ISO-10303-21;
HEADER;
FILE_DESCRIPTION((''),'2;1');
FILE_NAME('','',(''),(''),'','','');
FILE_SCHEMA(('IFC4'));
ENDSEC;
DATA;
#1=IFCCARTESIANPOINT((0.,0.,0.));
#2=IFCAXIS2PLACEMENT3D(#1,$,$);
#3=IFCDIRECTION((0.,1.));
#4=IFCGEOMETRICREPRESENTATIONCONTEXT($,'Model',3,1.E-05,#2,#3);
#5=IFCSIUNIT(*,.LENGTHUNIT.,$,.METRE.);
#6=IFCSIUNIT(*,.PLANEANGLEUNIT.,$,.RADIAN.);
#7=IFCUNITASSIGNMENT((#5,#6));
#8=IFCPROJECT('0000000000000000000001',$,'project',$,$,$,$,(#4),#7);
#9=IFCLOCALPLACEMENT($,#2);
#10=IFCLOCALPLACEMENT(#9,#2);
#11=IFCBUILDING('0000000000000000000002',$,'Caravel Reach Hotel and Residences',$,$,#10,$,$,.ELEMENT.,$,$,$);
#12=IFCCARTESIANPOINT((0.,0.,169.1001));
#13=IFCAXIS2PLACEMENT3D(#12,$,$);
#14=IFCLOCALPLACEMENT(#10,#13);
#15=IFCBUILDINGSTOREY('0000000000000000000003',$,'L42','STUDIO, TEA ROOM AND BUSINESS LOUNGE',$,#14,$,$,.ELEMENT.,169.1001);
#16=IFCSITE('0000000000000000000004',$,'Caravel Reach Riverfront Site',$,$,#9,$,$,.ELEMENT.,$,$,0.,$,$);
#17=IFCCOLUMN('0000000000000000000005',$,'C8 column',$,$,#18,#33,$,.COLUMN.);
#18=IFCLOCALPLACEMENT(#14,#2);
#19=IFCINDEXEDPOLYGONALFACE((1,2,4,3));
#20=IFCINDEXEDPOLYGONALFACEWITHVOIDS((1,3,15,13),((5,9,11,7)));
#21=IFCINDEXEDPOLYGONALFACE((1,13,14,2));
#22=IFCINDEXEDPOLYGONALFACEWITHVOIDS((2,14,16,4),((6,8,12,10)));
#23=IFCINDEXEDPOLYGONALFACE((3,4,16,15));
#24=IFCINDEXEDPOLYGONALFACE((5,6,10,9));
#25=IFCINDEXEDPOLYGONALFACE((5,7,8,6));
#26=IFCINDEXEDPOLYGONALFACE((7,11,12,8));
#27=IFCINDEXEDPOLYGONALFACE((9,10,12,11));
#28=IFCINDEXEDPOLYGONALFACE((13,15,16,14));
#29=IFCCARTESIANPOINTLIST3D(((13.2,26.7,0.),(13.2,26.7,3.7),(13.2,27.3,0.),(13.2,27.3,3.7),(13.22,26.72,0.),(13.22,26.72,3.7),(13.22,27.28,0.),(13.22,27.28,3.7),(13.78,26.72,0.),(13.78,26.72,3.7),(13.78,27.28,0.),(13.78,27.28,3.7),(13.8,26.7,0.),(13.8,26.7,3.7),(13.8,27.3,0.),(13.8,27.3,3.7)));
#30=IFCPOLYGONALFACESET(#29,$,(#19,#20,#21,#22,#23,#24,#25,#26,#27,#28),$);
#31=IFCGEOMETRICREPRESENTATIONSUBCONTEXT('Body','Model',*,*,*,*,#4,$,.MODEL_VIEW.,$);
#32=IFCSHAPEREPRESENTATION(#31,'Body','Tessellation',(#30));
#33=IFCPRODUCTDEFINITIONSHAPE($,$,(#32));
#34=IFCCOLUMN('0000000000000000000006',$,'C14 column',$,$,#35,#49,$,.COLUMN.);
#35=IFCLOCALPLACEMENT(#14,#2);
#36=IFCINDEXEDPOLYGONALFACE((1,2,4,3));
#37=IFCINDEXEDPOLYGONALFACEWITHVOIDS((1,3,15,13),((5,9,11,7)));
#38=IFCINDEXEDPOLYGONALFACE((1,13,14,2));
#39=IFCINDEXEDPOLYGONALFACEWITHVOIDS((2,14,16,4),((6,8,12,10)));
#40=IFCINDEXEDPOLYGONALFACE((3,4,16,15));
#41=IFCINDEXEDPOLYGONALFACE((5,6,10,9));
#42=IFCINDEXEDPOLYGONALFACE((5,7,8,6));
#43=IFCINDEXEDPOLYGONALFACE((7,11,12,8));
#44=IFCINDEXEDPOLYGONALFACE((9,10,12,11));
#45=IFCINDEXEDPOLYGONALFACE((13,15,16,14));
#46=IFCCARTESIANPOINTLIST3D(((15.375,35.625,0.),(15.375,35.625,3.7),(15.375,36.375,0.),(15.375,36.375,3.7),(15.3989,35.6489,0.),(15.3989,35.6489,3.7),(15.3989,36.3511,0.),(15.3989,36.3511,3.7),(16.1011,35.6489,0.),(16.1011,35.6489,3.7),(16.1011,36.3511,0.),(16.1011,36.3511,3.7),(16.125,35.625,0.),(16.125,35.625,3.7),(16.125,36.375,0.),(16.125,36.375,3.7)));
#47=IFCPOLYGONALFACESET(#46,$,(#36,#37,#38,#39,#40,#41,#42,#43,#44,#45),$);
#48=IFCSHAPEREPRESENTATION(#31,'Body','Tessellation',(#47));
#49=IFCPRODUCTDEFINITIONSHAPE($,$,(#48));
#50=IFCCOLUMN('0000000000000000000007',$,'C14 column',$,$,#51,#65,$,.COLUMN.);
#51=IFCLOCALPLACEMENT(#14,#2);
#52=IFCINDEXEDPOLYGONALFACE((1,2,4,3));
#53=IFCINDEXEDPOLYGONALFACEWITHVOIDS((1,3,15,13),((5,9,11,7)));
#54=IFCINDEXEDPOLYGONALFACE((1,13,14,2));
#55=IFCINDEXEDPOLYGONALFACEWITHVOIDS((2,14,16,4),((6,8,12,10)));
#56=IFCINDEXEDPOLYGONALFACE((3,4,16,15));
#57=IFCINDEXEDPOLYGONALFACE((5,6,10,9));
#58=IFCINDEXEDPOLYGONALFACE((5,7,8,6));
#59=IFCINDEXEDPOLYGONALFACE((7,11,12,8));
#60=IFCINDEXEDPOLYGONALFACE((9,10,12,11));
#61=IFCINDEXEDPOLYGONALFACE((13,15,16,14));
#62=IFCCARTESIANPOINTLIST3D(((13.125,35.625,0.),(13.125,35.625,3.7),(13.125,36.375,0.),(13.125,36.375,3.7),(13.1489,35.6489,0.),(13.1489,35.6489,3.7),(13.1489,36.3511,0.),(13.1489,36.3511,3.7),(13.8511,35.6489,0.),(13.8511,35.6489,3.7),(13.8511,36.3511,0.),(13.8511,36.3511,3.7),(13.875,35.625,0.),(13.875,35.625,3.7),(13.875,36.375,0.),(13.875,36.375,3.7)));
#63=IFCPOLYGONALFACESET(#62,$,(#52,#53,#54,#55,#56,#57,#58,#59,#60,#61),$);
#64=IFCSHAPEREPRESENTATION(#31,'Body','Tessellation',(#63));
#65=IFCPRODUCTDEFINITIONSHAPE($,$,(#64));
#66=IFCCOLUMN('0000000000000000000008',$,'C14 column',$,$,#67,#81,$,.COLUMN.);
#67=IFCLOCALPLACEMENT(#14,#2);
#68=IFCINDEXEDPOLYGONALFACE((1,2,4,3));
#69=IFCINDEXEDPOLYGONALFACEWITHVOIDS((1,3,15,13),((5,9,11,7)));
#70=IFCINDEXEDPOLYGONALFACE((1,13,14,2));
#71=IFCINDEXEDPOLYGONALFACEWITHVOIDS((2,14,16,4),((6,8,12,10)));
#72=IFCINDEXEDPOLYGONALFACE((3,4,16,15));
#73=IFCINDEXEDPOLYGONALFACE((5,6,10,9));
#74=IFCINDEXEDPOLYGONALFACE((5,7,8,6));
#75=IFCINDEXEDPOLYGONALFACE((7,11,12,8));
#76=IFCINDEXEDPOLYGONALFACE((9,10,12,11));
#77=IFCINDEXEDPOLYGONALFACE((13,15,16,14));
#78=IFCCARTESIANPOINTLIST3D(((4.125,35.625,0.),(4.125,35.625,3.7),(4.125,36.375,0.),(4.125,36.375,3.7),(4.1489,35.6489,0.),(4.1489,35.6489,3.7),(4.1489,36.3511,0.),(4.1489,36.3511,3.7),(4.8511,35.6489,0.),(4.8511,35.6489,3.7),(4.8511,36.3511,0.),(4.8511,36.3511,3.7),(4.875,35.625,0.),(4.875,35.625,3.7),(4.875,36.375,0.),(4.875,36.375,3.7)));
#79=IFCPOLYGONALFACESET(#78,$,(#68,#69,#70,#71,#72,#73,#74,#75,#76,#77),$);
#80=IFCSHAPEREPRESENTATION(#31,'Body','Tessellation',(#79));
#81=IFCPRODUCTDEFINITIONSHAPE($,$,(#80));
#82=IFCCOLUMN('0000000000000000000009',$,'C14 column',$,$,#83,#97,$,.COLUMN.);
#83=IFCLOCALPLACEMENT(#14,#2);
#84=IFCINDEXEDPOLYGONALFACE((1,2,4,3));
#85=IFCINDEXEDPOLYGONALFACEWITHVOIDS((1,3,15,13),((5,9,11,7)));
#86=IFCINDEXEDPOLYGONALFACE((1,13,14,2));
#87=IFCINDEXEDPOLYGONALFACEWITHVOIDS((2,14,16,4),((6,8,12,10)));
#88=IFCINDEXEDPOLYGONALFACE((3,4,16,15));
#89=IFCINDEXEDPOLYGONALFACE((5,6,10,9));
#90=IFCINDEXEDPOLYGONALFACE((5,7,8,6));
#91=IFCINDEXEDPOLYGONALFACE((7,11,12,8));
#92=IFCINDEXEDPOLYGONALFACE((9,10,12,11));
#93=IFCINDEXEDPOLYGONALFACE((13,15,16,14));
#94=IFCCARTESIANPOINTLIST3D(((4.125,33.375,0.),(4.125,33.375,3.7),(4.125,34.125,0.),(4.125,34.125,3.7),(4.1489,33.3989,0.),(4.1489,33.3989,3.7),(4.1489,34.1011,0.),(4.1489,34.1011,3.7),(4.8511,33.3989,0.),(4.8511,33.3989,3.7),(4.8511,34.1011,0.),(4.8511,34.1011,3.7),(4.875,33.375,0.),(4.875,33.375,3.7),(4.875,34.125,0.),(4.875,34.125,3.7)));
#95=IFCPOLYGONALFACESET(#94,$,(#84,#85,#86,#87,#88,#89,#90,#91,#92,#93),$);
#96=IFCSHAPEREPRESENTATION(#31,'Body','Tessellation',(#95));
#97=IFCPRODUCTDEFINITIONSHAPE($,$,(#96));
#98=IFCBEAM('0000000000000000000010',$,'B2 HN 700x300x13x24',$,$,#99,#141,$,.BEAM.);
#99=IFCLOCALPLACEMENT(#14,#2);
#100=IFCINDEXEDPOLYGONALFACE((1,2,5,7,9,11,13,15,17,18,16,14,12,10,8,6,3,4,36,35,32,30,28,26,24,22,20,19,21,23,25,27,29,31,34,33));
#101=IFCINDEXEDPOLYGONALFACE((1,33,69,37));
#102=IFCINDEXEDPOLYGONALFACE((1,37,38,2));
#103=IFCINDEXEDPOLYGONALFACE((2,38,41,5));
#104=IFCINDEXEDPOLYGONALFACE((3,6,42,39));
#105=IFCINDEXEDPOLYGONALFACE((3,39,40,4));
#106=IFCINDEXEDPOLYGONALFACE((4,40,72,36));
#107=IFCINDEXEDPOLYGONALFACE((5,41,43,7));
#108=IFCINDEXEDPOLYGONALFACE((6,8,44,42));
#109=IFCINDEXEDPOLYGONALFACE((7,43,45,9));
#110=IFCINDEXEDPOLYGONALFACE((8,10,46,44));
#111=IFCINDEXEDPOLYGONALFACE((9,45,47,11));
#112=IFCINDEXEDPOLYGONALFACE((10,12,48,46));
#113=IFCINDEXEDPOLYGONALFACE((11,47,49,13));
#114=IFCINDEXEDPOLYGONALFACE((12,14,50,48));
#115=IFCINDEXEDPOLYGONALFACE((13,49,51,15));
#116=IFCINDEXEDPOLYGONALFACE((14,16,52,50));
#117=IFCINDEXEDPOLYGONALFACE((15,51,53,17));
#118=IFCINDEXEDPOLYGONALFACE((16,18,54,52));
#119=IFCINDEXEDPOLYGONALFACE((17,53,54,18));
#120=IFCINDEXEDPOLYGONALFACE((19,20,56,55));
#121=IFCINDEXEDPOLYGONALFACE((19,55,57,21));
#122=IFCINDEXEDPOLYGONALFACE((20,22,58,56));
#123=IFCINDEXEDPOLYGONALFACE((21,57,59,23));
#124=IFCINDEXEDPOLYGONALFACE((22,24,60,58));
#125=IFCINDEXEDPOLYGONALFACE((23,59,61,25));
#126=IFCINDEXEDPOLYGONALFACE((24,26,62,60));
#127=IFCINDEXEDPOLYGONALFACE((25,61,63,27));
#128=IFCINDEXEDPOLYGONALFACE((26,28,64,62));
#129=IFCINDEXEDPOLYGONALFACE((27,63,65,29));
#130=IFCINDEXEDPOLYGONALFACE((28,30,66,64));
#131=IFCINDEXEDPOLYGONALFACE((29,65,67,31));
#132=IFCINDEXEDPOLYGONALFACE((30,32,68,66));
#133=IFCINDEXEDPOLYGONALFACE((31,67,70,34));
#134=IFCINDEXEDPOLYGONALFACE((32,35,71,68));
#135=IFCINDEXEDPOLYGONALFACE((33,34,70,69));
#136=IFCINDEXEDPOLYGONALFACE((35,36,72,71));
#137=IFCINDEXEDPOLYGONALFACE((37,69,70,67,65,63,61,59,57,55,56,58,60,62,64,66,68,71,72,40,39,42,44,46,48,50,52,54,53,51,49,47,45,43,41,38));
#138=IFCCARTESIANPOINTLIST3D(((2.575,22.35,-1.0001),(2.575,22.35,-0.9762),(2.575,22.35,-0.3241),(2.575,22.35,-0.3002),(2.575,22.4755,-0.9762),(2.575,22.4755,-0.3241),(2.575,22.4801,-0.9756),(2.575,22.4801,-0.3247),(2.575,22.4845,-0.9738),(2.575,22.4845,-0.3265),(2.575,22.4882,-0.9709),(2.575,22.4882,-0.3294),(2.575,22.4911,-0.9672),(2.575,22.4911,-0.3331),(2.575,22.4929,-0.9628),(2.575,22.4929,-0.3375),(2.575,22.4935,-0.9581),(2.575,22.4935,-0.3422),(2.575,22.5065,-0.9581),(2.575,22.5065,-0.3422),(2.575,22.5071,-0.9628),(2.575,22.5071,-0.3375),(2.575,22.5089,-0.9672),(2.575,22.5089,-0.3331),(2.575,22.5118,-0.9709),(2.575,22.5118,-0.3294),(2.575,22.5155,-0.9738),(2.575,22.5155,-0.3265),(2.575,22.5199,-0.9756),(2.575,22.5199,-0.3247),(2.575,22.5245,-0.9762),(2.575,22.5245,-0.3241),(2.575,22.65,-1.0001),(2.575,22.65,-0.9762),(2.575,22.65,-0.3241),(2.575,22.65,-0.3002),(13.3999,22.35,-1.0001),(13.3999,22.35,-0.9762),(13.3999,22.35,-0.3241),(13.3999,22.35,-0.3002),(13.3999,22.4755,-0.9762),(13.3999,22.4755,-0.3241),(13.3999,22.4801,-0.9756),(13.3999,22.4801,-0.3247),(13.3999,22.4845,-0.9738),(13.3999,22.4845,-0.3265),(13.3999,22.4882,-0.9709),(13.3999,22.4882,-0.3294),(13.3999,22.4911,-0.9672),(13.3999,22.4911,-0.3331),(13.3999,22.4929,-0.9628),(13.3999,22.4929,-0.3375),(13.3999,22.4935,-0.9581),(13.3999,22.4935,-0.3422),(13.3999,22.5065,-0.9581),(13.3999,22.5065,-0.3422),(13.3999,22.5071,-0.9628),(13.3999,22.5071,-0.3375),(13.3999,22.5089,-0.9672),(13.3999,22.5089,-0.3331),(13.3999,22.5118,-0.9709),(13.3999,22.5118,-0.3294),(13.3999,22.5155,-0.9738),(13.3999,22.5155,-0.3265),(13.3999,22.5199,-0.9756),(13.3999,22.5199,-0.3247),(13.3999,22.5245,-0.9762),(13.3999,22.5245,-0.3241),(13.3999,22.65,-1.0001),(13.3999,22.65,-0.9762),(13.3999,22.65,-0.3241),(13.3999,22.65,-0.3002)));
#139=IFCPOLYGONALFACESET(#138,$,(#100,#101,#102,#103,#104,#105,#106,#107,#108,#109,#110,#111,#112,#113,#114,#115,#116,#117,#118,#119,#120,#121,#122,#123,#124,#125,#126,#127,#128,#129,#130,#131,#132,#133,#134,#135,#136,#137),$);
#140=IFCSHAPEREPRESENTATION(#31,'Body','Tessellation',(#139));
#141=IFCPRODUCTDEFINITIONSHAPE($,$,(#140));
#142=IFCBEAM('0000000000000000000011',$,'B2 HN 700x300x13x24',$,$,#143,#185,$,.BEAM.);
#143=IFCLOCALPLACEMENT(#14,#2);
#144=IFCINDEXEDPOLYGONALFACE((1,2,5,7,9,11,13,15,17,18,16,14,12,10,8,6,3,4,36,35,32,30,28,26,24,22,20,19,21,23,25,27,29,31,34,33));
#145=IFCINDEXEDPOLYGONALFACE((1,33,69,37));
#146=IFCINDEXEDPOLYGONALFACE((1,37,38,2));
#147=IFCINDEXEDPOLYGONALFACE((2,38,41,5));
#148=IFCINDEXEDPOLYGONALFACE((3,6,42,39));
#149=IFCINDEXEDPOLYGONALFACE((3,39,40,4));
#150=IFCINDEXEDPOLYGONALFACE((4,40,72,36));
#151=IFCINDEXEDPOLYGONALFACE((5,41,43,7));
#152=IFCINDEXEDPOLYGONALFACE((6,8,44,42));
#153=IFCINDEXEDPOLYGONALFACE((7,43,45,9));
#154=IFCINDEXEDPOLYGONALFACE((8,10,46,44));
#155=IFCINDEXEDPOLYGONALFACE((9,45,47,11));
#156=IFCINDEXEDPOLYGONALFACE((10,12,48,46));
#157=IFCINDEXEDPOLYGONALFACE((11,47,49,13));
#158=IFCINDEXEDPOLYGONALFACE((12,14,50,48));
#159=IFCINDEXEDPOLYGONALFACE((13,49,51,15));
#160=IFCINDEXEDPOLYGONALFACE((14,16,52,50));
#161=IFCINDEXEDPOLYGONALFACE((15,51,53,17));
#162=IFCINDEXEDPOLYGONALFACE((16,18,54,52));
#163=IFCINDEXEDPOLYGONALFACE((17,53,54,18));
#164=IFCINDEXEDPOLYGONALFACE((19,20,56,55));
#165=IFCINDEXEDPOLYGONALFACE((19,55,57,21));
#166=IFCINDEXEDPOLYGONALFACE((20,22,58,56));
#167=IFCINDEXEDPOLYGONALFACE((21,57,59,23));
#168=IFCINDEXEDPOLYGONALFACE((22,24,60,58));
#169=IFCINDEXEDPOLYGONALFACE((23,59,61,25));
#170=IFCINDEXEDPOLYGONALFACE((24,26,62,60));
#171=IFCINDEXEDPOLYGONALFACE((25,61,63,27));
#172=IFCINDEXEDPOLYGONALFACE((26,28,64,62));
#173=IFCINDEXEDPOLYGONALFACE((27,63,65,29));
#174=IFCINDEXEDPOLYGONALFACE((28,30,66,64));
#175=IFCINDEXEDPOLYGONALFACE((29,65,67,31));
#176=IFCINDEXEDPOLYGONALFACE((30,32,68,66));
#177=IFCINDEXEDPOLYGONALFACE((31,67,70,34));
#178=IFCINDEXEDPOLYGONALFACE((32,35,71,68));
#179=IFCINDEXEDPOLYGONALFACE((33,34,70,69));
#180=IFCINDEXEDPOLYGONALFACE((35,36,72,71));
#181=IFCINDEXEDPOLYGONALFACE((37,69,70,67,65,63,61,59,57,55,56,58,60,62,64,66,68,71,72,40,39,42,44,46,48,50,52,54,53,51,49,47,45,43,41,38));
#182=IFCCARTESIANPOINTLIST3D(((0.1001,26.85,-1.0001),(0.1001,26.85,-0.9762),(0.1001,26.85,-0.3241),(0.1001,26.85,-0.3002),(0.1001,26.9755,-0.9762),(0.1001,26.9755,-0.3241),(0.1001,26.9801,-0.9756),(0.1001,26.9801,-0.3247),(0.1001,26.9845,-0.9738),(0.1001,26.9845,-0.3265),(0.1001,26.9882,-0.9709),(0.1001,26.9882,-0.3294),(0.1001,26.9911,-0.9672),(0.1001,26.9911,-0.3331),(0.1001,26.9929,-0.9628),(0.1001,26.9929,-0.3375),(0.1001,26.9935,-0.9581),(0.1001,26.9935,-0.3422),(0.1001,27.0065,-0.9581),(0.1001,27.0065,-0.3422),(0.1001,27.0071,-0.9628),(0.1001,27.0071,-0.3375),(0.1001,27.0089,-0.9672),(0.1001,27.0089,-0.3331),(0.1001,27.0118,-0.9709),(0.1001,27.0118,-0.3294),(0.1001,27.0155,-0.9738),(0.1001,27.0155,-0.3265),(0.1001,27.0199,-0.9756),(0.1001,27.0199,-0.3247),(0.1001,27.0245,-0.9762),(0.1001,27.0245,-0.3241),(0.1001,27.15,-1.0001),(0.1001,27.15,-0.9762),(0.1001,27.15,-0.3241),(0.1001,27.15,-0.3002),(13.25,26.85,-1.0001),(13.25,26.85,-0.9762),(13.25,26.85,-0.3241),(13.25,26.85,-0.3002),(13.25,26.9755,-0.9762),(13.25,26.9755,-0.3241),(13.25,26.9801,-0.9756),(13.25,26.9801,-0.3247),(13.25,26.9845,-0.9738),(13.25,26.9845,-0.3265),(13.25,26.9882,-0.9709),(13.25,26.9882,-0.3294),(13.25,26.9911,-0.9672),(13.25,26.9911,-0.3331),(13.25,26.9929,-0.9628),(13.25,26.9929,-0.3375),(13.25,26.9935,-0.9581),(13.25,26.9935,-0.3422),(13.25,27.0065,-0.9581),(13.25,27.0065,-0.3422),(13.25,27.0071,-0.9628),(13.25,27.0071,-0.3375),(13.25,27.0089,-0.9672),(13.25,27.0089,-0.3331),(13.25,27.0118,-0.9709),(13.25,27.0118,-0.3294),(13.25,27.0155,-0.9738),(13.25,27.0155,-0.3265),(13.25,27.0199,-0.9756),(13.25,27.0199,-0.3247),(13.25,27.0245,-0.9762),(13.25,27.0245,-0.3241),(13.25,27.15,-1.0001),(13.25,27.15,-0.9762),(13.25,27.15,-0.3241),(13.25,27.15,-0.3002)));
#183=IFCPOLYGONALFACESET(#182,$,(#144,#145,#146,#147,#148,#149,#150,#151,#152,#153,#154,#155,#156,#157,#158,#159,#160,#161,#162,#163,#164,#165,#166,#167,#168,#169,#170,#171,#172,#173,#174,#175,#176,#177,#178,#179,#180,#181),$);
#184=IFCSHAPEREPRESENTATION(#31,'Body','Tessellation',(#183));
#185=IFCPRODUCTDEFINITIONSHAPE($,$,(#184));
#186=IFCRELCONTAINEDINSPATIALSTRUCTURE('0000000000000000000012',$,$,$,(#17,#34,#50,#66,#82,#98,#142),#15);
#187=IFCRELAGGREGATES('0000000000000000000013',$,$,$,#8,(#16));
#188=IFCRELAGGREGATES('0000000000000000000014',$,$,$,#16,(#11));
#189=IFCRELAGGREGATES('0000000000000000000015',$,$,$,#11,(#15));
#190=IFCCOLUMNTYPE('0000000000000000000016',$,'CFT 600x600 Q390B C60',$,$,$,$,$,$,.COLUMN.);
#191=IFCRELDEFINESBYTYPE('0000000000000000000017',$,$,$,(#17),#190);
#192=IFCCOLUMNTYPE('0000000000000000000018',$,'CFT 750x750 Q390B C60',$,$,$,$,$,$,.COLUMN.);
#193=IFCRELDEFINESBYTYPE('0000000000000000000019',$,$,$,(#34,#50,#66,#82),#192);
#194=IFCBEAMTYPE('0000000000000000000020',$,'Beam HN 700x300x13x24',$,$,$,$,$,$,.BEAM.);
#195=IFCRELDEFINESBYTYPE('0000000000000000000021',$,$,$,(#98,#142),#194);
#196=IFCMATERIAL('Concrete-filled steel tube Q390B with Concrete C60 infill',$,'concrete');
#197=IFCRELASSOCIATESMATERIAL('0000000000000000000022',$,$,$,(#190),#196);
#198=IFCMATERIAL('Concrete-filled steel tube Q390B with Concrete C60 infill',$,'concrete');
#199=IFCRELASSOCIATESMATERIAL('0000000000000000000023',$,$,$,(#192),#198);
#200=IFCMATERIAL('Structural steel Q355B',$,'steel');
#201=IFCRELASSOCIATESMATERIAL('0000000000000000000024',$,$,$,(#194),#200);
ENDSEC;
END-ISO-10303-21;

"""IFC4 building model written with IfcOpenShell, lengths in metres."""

from ifc_helpers import new_model, si_unit, direction, frame, origin, origin_2d, place, context, subcontext, project, spatial, hollow_rectangle, i_section, extrude, material, material_profile, profile_set, type_object, element, save


model = new_model("IFC4")

# Units and contexts
model_context = context("Model", 3, precision=1e-05, world=origin(), true_north=direction((0.0, 1.0)))
body_context = subcontext(model_context, "Body", "Model", "MODEL_VIEW")
ifc_project = project(units=[si_unit("LENGTHUNIT", "METRE"), si_unit("PLANEANGLEUNIT", "RADIAN")], contexts=[model_context])

# Site, building, storey
site_placement = place(None, origin())
site = spatial("IfcSite", under=ifc_project, at=site_placement, Name="Caravel Reach Riverfront Site", CompositionType="ELEMENT", RefElevation=0.0)
building_placement = place(site_placement, origin())
building = spatial("IfcBuilding", under=site, at=building_placement, Name="Caravel Reach Hotel and Residences", CompositionType="ELEMENT")
storey_placement = place(building_placement, frame((0.0, 0.0, 169.1001)))
storey = spatial("IfcBuildingStorey", under=building, at=storey_placement, Name="L42", Description="STUDIO, TEA ROOM AND BUSINESS LOUNGE", CompositionType="ELEMENT", Elevation=169.1001)

# Columns
ifc_material_1 = material(Name="Concrete-filled steel tube Q390B with Concrete C60 infill", Category="concrete")
ifc_material_profile_1 = material_profile(ifc_material_1, hollow_rectangle(XDim=0.6001, YDim=0.6001, WallThickness=0.02, at=origin_2d()), Name="RHS 600x600x20")
ifc_profile_set_1 = profile_set([ifc_material_profile_1], Name="Concrete-filled steel tube Q390B with Concrete C60 infill")
column_type_1 = type_object("IfcColumnType", Name="CFT 600x600 Q390B C60", PredefinedType="COLUMN", material=ifc_profile_set_1)
column_placement = place(storey_placement, frame((13.5, 27.0, 0.0), z_axis=(0.0, 0.0, 1.0), x_axis=(1.0, 0.0, 0.0)))
element("IfcColumn", 1, at=column_placement, inside=storey, type_object=column_type_1, Name="C8 column", PredefinedType="COLUMN", context=body_context, shape_type="SweptSolid", body=[
    extrude(hollow_rectangle(XDim=0.6001, YDim=0.6001, WallThickness=0.02, at=origin_2d()), origin(), (0.0, 0.0, 1.0), 3.7),
])
ifc_material_2 = material(Name="Concrete-filled steel tube Q390B with Concrete C60 infill", Category="concrete")
ifc_material_profile_2 = material_profile(ifc_material_2, hollow_rectangle(XDim=0.75, YDim=0.75, WallThickness=0.0239, at=origin_2d()), Name="RHS 750x750x24")
ifc_profile_set_2 = profile_set([ifc_material_profile_2], Name="Concrete-filled steel tube Q390B with Concrete C60 infill")
column_type_2 = type_object("IfcColumnType", Name="CFT 750x750 Q390B C60", PredefinedType="COLUMN", material=ifc_profile_set_2)
for number, where, z_axis, x_axis, name in (
    (2, (15.75, 36.0, 0.0), (0.0, 0.0, 1.0), (1.0, 0.0, 0.0), "C14 column"),
    (3, (13.5, 36.0, 0.0), (0.0, 0.0, 1.0), (1.0, 0.0, 0.0), "C14 column"),
    (4, (4.5, 36.0, 0.0), (0.0, 0.0, 1.0), (1.0, 0.0, 0.0), "C14 column"),
    (5, (4.5, 33.75, 0.0), (0.0, 0.0, 1.0), (1.0, 0.0, 0.0), "C14 column"),
):
    element("IfcColumn", number, at=place(storey_placement, frame(where, z_axis=z_axis, x_axis=x_axis)), inside=storey, type_object=column_type_2, Name=name, PredefinedType="COLUMN", context=body_context, shape_type="SweptSolid", body=[
        extrude(hollow_rectangle(XDim=0.75, YDim=0.75, WallThickness=0.0239, at=origin_2d()), origin(), (0.0, 0.0, 1.0), 3.7),
    ])

# Beams
ifc_material_3 = material(Name="Structural steel Q355B", Category="steel")
ifc_material_profile_3 = material_profile(ifc_material_3, i_section(OverallWidth=0.3, OverallDepth=0.7, WebThickness=0.0129, FlangeThickness=0.0239, FilletRadius=0.0181, at=origin_2d()), Name="HN 700x300x13x24")
ifc_profile_set_3 = profile_set([ifc_material_profile_3], Name="Structural steel Q355B")
beam_type_1 = type_object("IfcBeamType", Name="Beam HN 700x300x13x24", PredefinedType="BEAM", material=ifc_profile_set_3)
beam_1_placement = place(storey_placement, frame((13.3999, 22.5, -0.6501), z_axis=(-1.0, 0.0, 0.0), x_axis=(0.0, -1.0, 0.0)))
element("IfcBeam", 6, at=beam_1_placement, inside=storey, type_object=beam_type_1, Name="B2 HN 700x300x13x24", PredefinedType="BEAM", context=body_context, shape_type="SweptSolid", body=[
    extrude(i_section(OverallWidth=0.3, OverallDepth=0.7, WebThickness=0.0129, FlangeThickness=0.0239, FilletRadius=0.0181, at=origin_2d()), origin(), (0.0, 0.0, 1.0), 10.825),
])
beam_2_placement = place(storey_placement, frame((13.25, 27.0, -0.6501), z_axis=(-1.0, 0.0, 0.0), x_axis=(0.0, -1.0, 0.0)))
element("IfcBeam", 7, at=beam_2_placement, inside=storey, type_object=beam_type_1, Name="B2 HN 700x300x13x24", PredefinedType="BEAM", context=body_context, shape_type="SweptSolid", body=[
    extrude(i_section(OverallWidth=0.3, OverallDepth=0.7, WebThickness=0.0129, FlangeThickness=0.0239, FilletRadius=0.0181, at=origin_2d()), origin(), (0.0, 0.0, 1.0), 13.1499),
])

save(model, "model.ifc")
